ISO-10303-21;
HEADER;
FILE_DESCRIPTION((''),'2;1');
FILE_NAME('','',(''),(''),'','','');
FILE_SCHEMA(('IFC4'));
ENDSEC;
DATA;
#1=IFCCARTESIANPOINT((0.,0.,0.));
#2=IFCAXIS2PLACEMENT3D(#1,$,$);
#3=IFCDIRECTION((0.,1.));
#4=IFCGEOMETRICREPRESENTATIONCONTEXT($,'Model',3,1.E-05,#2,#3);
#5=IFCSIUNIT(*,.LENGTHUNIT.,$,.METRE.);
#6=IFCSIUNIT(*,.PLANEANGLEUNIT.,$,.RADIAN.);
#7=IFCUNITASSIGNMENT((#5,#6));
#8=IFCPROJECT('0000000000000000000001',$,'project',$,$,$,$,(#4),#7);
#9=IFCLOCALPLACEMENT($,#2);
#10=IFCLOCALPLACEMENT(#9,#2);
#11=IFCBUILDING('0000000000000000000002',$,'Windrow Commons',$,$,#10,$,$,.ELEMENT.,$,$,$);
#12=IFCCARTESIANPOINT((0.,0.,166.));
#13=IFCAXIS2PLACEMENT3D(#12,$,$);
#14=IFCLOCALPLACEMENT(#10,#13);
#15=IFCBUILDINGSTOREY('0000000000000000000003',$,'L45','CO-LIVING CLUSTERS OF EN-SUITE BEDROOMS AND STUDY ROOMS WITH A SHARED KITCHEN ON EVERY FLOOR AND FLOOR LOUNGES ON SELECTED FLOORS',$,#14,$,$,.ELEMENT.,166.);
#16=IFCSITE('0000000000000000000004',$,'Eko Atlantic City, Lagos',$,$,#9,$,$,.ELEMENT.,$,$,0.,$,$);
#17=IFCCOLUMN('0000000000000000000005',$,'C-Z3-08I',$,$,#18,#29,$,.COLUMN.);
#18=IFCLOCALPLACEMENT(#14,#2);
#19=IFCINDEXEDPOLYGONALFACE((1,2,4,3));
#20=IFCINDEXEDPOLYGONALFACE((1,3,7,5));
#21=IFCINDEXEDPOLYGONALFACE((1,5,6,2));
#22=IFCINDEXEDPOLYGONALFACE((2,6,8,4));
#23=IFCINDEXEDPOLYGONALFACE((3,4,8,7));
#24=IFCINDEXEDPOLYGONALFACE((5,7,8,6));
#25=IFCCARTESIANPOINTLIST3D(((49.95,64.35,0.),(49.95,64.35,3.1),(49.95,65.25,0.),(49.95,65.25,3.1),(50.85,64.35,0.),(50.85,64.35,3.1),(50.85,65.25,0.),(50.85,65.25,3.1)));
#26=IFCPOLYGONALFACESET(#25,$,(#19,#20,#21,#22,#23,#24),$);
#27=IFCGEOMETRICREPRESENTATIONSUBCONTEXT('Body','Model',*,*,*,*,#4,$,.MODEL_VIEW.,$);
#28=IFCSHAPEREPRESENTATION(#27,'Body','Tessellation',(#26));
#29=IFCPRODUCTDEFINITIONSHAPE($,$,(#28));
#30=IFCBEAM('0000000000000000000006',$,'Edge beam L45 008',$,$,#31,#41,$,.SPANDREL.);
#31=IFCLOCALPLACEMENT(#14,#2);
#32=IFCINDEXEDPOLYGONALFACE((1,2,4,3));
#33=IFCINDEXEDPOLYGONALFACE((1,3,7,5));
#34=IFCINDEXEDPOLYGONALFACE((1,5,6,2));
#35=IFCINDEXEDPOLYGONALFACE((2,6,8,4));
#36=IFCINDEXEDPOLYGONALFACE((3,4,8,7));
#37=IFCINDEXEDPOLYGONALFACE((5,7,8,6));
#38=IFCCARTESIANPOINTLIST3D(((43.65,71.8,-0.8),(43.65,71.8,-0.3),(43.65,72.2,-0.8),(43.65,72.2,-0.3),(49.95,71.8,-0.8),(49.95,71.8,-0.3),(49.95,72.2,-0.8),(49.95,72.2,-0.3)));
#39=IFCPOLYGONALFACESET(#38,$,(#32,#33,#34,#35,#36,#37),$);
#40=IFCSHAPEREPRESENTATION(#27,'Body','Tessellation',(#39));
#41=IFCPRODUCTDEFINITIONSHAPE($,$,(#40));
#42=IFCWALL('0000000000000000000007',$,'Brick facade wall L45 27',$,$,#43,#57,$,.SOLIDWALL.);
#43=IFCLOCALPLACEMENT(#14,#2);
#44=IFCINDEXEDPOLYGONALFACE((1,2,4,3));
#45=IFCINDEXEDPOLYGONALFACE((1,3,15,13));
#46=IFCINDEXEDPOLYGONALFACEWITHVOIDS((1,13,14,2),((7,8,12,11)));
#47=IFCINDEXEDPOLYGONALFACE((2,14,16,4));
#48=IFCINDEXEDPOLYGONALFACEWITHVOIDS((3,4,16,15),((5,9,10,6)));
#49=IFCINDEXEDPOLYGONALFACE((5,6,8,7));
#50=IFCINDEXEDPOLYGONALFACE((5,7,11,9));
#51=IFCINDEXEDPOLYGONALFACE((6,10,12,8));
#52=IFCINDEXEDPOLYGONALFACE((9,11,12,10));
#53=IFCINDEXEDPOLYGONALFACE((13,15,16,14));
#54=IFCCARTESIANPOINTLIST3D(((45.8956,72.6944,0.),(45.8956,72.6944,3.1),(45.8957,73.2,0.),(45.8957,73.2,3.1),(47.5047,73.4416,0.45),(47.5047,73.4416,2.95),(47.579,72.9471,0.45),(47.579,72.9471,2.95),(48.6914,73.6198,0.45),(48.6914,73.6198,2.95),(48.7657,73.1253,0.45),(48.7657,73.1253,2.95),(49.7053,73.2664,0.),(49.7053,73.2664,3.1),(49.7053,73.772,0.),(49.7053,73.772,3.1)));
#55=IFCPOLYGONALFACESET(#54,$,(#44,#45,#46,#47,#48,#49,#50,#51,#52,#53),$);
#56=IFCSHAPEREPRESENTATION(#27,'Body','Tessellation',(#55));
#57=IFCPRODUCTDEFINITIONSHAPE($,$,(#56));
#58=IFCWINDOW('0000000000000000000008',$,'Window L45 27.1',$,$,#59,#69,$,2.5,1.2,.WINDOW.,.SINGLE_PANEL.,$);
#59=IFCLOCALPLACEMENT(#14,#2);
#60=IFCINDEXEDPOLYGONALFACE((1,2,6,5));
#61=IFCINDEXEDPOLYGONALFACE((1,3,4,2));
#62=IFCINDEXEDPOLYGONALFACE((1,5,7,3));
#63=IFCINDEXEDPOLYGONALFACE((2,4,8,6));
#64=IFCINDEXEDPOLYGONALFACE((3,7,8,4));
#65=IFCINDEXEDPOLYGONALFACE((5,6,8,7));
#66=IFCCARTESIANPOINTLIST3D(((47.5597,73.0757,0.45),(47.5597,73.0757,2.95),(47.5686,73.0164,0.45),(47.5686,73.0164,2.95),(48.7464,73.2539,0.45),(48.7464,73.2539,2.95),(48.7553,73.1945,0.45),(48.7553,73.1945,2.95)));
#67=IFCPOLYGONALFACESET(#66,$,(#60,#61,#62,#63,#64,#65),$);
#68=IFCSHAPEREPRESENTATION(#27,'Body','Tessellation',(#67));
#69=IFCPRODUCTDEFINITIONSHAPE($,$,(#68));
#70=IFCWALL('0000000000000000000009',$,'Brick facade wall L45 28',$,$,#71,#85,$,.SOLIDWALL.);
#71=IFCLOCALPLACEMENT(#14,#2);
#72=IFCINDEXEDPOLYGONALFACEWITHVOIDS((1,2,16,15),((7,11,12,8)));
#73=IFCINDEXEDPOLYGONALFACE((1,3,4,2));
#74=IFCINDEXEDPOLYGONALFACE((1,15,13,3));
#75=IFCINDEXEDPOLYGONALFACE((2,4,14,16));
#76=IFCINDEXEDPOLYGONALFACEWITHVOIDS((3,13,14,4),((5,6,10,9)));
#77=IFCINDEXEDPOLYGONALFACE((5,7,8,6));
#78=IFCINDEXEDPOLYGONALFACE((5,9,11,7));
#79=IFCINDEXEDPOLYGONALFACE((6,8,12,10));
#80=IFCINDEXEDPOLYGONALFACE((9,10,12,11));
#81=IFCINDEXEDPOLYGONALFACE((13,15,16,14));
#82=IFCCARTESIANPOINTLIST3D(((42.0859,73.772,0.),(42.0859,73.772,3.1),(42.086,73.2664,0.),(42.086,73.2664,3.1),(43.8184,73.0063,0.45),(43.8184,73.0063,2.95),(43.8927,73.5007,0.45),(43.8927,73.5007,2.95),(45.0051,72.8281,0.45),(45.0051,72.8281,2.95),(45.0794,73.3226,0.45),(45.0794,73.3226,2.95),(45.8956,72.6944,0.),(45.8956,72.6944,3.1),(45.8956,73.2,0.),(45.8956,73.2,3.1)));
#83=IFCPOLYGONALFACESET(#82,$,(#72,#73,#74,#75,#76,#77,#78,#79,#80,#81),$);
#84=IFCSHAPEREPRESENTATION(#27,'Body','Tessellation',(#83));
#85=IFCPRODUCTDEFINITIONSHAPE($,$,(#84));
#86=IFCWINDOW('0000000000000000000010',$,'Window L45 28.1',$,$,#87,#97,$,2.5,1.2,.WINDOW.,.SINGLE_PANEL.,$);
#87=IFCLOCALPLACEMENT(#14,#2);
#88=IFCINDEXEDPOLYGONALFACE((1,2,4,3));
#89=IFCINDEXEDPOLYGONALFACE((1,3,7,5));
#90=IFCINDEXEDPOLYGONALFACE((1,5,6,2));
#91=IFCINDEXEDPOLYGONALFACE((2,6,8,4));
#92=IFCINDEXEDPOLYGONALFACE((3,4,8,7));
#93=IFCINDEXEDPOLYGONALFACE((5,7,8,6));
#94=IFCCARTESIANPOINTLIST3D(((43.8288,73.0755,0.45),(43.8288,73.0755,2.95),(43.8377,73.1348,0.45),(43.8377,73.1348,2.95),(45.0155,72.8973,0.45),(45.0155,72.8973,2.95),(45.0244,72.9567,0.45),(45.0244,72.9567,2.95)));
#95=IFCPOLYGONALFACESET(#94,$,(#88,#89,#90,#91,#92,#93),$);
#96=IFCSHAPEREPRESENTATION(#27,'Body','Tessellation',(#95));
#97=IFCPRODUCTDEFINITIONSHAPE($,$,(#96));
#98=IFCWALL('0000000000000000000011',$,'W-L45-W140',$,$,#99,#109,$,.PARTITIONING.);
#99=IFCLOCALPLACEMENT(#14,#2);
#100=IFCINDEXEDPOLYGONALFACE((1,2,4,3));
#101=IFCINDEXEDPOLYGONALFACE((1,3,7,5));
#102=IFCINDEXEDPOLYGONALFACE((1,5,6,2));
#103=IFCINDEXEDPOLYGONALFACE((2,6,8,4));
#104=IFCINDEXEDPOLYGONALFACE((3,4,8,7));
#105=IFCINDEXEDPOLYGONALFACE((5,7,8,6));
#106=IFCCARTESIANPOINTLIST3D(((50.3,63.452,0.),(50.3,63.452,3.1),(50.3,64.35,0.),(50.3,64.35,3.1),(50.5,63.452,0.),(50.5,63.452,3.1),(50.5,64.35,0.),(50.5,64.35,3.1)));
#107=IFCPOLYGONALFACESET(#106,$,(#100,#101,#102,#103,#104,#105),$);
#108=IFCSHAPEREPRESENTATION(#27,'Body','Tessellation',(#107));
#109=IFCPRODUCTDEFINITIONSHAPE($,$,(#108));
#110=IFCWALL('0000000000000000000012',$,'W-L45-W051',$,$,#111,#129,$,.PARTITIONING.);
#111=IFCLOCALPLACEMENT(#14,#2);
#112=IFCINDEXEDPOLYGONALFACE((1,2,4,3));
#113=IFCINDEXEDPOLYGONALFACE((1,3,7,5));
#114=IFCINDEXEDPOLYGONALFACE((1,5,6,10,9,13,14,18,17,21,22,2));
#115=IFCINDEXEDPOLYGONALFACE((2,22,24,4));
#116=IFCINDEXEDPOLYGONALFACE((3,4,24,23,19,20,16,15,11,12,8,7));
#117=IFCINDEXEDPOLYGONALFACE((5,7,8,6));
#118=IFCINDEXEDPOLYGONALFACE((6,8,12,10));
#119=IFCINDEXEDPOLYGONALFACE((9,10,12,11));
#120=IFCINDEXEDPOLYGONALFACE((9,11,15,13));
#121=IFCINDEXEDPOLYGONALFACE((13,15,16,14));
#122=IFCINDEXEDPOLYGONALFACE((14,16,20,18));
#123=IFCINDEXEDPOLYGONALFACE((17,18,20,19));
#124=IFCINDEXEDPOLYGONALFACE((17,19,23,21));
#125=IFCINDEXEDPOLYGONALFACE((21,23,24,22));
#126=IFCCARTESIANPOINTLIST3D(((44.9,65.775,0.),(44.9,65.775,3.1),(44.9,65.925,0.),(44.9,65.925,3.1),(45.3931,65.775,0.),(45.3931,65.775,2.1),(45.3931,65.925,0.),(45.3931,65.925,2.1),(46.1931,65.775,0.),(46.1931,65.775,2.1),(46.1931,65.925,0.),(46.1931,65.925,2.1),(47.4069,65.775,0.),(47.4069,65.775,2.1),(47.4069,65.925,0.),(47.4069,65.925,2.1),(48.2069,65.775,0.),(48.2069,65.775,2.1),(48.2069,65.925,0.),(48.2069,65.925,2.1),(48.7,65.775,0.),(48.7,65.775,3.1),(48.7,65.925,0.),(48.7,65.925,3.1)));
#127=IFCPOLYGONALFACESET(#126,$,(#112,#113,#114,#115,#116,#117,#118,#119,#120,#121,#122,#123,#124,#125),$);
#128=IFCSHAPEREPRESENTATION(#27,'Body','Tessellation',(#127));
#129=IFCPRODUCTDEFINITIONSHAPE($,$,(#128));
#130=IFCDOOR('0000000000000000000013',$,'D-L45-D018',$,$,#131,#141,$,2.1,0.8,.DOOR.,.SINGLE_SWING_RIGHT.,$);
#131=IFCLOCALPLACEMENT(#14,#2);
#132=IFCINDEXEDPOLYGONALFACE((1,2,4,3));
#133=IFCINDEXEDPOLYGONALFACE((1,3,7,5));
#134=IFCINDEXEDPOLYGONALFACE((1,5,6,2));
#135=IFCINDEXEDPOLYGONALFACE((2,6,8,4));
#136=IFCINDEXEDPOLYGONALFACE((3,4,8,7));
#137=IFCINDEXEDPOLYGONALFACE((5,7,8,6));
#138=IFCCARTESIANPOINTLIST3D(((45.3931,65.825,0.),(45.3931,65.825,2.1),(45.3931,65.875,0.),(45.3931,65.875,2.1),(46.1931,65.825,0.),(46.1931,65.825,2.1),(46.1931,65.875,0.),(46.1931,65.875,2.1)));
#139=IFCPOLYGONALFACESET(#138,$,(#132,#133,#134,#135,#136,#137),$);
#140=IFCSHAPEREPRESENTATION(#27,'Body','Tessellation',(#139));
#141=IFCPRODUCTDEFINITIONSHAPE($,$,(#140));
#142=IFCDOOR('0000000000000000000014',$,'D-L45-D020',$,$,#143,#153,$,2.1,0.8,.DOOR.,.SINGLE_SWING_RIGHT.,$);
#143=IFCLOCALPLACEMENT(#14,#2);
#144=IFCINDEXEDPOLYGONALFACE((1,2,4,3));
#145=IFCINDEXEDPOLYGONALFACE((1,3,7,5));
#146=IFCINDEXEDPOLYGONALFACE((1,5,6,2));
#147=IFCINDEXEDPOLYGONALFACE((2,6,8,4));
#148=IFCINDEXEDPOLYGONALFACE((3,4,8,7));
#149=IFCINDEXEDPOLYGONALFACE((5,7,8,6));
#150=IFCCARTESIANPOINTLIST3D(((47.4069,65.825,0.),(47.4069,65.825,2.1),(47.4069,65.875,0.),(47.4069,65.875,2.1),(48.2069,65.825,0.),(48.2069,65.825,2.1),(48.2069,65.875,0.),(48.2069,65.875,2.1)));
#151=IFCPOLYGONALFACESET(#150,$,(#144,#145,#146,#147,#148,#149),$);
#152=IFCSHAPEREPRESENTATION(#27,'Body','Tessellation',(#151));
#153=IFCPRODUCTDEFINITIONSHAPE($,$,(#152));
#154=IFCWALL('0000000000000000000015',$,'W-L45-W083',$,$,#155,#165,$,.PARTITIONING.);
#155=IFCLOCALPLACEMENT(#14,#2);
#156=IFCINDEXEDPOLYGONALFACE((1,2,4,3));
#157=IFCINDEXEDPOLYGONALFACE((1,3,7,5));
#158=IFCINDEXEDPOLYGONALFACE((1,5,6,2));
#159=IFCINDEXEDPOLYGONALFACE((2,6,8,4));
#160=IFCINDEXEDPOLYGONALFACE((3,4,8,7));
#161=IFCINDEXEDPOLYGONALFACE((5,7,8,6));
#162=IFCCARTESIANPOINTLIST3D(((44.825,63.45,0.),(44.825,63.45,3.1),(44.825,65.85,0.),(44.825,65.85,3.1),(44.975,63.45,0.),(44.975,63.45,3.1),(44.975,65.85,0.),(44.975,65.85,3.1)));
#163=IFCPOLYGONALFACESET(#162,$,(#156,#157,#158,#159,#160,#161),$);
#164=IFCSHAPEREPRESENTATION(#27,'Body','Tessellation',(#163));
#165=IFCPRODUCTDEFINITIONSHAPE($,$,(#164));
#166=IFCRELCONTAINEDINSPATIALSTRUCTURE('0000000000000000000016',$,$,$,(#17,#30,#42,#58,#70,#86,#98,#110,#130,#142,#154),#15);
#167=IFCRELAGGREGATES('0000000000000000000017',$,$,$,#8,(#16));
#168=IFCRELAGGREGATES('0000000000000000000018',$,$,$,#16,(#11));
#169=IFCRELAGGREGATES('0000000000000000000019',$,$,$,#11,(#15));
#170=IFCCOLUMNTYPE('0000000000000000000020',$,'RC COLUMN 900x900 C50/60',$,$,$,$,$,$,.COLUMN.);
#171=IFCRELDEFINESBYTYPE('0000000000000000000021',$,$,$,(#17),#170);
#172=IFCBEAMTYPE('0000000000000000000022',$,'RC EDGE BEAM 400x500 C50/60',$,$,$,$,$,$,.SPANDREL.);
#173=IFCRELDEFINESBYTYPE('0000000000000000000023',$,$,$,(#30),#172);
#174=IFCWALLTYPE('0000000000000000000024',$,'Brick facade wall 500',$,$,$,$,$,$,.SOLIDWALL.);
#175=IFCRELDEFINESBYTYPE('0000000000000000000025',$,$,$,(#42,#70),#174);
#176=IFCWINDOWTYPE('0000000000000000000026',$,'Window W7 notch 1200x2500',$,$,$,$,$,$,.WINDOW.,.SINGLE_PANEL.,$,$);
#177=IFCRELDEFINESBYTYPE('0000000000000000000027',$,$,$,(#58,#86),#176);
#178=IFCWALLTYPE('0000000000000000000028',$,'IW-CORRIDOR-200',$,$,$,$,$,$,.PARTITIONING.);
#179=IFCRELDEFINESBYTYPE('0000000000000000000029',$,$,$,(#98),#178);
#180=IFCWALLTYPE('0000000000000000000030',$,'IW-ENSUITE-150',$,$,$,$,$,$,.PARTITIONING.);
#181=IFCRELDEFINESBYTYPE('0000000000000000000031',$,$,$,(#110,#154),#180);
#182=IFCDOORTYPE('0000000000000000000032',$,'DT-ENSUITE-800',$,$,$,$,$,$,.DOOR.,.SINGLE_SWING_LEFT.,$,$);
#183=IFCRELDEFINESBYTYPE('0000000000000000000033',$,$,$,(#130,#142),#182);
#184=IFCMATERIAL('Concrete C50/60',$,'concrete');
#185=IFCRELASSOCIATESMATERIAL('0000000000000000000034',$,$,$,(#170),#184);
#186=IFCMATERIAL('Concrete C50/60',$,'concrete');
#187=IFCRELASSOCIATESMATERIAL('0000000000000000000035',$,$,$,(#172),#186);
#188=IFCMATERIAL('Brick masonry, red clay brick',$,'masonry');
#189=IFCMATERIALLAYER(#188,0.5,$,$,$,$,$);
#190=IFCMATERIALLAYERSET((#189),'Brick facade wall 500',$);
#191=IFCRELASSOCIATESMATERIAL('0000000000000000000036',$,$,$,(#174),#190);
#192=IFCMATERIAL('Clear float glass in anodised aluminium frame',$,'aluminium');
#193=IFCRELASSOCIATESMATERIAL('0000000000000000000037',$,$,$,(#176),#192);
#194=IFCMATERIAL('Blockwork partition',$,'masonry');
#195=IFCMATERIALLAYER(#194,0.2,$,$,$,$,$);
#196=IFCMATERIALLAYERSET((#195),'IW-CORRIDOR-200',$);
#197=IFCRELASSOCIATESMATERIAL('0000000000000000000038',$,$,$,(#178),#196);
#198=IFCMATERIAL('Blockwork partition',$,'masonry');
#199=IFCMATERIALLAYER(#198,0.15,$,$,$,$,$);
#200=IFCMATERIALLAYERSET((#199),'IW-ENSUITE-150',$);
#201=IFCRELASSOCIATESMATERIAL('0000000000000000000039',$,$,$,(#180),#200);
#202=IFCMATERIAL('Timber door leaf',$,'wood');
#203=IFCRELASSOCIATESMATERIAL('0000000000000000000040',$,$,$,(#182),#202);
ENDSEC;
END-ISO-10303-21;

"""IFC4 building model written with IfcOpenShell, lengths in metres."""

from ifc_helpers import new_model, si_unit, direction, frame, frame_2d, origin, origin_2d, place, context, subcontext, project, spatial, polyline, rectangle, outline, extrude, material, layer, layer_set, material_profile, profile_set, type_object, element, fill, save


model = new_model("IFC4")

# Units and contexts
model_context = context("Model", 3, precision=1e-05, world=origin(), true_north=direction((0.0, 1.0)))
body_context = subcontext(model_context, "Body", "Model", "MODEL_VIEW")
ifc_project = project(units=[si_unit("LENGTHUNIT", "METRE"), si_unit("PLANEANGLEUNIT", "RADIAN")], contexts=[model_context])

# Site, building, storey
site_placement = place(None, origin())
site = spatial("IfcSite", under=ifc_project, at=site_placement, Name="Eko Atlantic City, Lagos", CompositionType="ELEMENT", RefElevation=0.0)
building_placement = place(site_placement, origin())
building = spatial("IfcBuilding", under=site, at=building_placement, Name="Windrow Commons", CompositionType="ELEMENT")
storey_placement = place(building_placement, frame((0.0, 0.0, 166.0)))
storey = spatial("IfcBuildingStorey", under=building, at=storey_placement, Name="L45", Description="CO-LIVING CLUSTERS OF EN-SUITE BEDROOMS AND STUDY ROOMS WITH A SHARED KITCHEN ON EVERY FLOOR AND FLOOR LOUNGES ON SELECTED FLOORS", CompositionType="ELEMENT", Elevation=166.0)

# Column
ifc_material_1 = material(Name="Concrete C50/60", Category="concrete")
ifc_material_profile_1 = material_profile(ifc_material_1, rectangle(XDim=0.9, YDim=0.9, at=origin_2d()))
ifc_profile_set_1 = profile_set([ifc_material_profile_1], Name="Concrete C50/60")
column_type = type_object("IfcColumnType", Name="RC COLUMN 900x900 C50/60", PredefinedType="COLUMN", material=ifc_profile_set_1)
column_placement = place(storey_placement, frame((50.4, 64.8, 0.0), z_axis=(0.0, 0.0, 1.0), x_axis=(1.0, 0.0, 0.0)))
element("IfcColumn", 1, at=column_placement, inside=storey, type_object=column_type, Name="C-Z3-08I", PredefinedType="COLUMN", context=body_context, shape_type="SweptSolid", body=[
    extrude(rectangle(XDim=0.9, YDim=0.9, at=origin_2d()), origin(), (0.0, 0.0, 1.0), 3.1),
])

# Beam
ifc_material_2 = material(Name="Concrete C50/60", Category="concrete")
ifc_material_profile_2 = material_profile(ifc_material_2, rectangle(XDim=0.4, YDim=0.5, at=origin_2d()))
ifc_profile_set_2 = profile_set([ifc_material_profile_2], Name="Concrete C50/60")
beam_type = type_object("IfcBeamType", Name="RC EDGE BEAM 400x500 C50/60", PredefinedType="SPANDREL", material=ifc_profile_set_2)
beam_placement = place(storey_placement, frame((43.65, 72.0, -0.55), z_axis=(1.0, 0.0, 0.0), x_axis=(0.0, 1.0, 0.0)))
element("IfcBeam", 2, at=beam_placement, inside=storey, type_object=beam_type, Name="Edge beam L45 008", PredefinedType="SPANDREL", context=body_context, shape_type="SweptSolid", body=[
    extrude(rectangle(XDim=0.4, YDim=0.5, at=origin_2d()), origin(), (0.0, 0.0, 1.0), 6.3),
])

# Walls, openings, windows
ifc_material_3 = material(Name="Brick masonry, red clay brick", Category="masonry")
ifc_layer_1 = layer(ifc_material_3, 0.5)
ifc_layer_set_1 = layer_set([ifc_layer_1], Name="Brick facade wall 500")
wall_type_1 = type_object("IfcWallType", Name="Brick facade wall 500", PredefinedType="SOLIDWALL", material=ifc_layer_set_1)
wall_1_placement = place(storey_placement, frame((49.7053, 73.5192, 0.0), z_axis=(0.0, 0.0, 1.0), x_axis=(-0.988916, -0.148479, 0.0)))
wall_1 = element("IfcWall", 3, at=wall_1_placement, inside=storey, type_object=wall_type_1, Name="Brick facade wall L45 27", PredefinedType="SOLIDWALL", context=body_context, shape_type="SweptSolid", body=[
    extrude(outline(polyline([(-0.0375, -0.25), (3.8148, -0.25), (3.8899, 0.25), (0.0375, 0.25), (-0.0375, -0.25)])), origin(), (0.0, 0.0, 1.0), 3.1),
])
opening_1_placement = place(wall_1_placement, frame((0.9877, 0.0, 0.45)))
opening_1 = element("IfcOpeningElement", 4, at=opening_1_placement, cuts=wall_1, PredefinedType="OPENING", context=body_context, shape_type="SweptSolid", body=[
    extrude(rectangle(XDim=1.2, YDim=2.5, at=frame_2d((0.6, 1.25))), frame((0.0, 0.26, 0.0), z_axis=(0.0, -1.0, 0.0), x_axis=(1.0, 0.0, 0.0)), (0.0, 0.0, 1.0), 0.52),
])
ifc_material_4 = material(Name="Clear float glass in anodised aluminium frame", Category="aluminium")
window_type = type_object("IfcWindowType", Name="Window W7 notch 1200x2500", PartitioningType="SINGLE_PANEL", PredefinedType="WINDOW", material=ifc_material_4)
window_1_placement = place(opening_1_placement, origin())
window_1 = element("IfcWindow", 5, at=window_1_placement, inside=storey, type_object=window_type, Name="Window L45 27.1", OverallHeight=2.5, OverallWidth=1.2, PartitioningType="SINGLE_PANEL", PredefinedType="WINDOW", context=body_context, shape_type="SweptSolid", body=[
    extrude(rectangle(XDim=1.2, YDim=2.5, at=frame_2d((0.6, 1.25))), frame((0.0, 0.18, 0.0), z_axis=(0.0, -1.0, 0.0), x_axis=(1.0, 0.0, 0.0)), (0.0, 0.0, 1.0), 0.06),
])
fill(opening_1, window_1)
wall_2_placement = place(storey_placement, frame((45.8956, 72.9472, 0.0), z_axis=(0.0, 0.0, 1.0), x_axis=(-0.988915, 0.148483, 0.0)))
wall_2 = element("IfcWall", 6, at=wall_2_placement, inside=storey, type_object=wall_type_1, Name="Brick facade wall L45 28", PredefinedType="SOLIDWALL", context=body_context, shape_type="SweptSolid", body=[
    extrude(outline(polyline([(0.0375, -0.25), (3.8899, -0.25), (3.8148, 0.25), (-0.0375, 0.25), (0.0375, -0.25)])), origin(), (0.0, 0.0, 1.0), 3.1),
])
opening_2_placement = place(wall_2_placement, frame((0.8629, 0.0, 0.45)))
opening_2 = element("IfcOpeningElement", 7, at=opening_2_placement, cuts=wall_2, PredefinedType="OPENING", context=body_context, shape_type="SweptSolid", body=[
    extrude(rectangle(XDim=1.2, YDim=2.5, at=frame_2d((0.6, 1.25))), frame((0.0, 0.26, 0.0), z_axis=(0.0, -1.0, 0.0), x_axis=(1.0, 0.0, 0.0)), (0.0, 0.0, 1.0), 0.52),
])
window_2_placement = place(opening_2_placement, origin())
window_2 = element("IfcWindow", 8, at=window_2_placement, inside=storey, type_object=window_type, Name="Window L45 28.1", OverallHeight=2.5, OverallWidth=1.2, PartitioningType="SINGLE_PANEL", PredefinedType="WINDOW", context=body_context, shape_type="SweptSolid", body=[
    extrude(rectangle(XDim=1.2, YDim=2.5, at=frame_2d((0.6, 1.25))), frame((0.0, 0.18, 0.0), z_axis=(0.0, -1.0, 0.0), x_axis=(1.0, 0.0, 0.0)), (0.0, 0.0, 1.0), 0.06),
])
fill(opening_2, window_2)

# Wall
ifc_material_5 = material(Name="Blockwork partition", Category="masonry")
ifc_layer_2 = layer(ifc_material_5, 0.2)
ifc_layer_set_2 = layer_set([ifc_layer_2], Name="IW-CORRIDOR-200")
wall_type_2 = type_object("IfcWallType", Name="IW-CORRIDOR-200", PredefinedType="PARTITIONING", material=ifc_layer_set_2)
wall_3_placement = place(storey_placement, frame((50.4, 63.452, 0.0), z_axis=(0.0, 0.0, 1.0), x_axis=(0.0, 1.0, 0.0)))
element("IfcWall", 9, at=wall_3_placement, inside=storey, type_object=wall_type_2, Name="W-L45-W140", PredefinedType="PARTITIONING", context=body_context, shape_type="SweptSolid", body=[
    extrude(rectangle(XDim=0.898, YDim=0.2, at=frame_2d((0.449, 0.0))), origin(), (0.0, 0.0, 1.0), 3.1),
])

# Wall, openings, doors
ifc_material_6 = material(Name="Blockwork partition", Category="masonry")
ifc_layer_3 = layer(ifc_material_6, 0.15)
ifc_layer_set_3 = layer_set([ifc_layer_3], Name="IW-ENSUITE-150")
wall_type_3 = type_object("IfcWallType", Name="IW-ENSUITE-150", PredefinedType="PARTITIONING", material=ifc_layer_set_3)
wall_4_placement = place(storey_placement, frame((44.9, 65.85, 0.0), z_axis=(0.0, 0.0, 1.0), x_axis=(1.0, 0.0, 0.0)))
wall_4 = element("IfcWall", 10, at=wall_4_placement, inside=storey, type_object=wall_type_3, Name="W-L45-W051", PredefinedType="PARTITIONING", context=body_context, shape_type="SweptSolid", body=[
    extrude(rectangle(XDim=3.8, YDim=0.15, at=frame_2d((1.9, 0.0))), origin(), (0.0, 0.0, 1.0), 3.1),
])
opening_3_placement = place(wall_4_placement, frame((0.4931, 0.0, 0.0)))
opening_3 = element("IfcOpeningElement", 11, at=opening_3_placement, cuts=wall_4, PredefinedType="OPENING", context=body_context, shape_type="SweptSolid", body=[
    extrude(rectangle(XDim=0.8, YDim=2.1, at=frame_2d((0.4, 1.05))), frame((0.0, 0.085, 0.0), z_axis=(0.0, -1.0, 0.0), x_axis=(1.0, 0.0, 0.0)), (0.0, 0.0, 1.0), 0.17),
])
opening_4_placement = place(wall_4_placement, frame((2.5069, 0.0, 0.0)))
opening_4 = element("IfcOpeningElement", 12, at=opening_4_placement, cuts=wall_4, PredefinedType="OPENING", context=body_context, shape_type="SweptSolid", body=[
    extrude(rectangle(XDim=0.8, YDim=2.1, at=frame_2d((0.4, 1.05))), frame((0.0, 0.085, 0.0), z_axis=(0.0, -1.0, 0.0), x_axis=(1.0, 0.0, 0.0)), (0.0, 0.0, 1.0), 0.17),
])
ifc_material_7 = material(Name="Timber door leaf", Category="wood")
door_type = type_object("IfcDoorType", Name="DT-ENSUITE-800", OperationType="SINGLE_SWING_LEFT", PredefinedType="DOOR", material=ifc_material_7)
door_1_placement = place(opening_3_placement, origin())
door_1 = element("IfcDoor", 13, at=door_1_placement, inside=storey, type_object=door_type, Name="D-L45-D018", OperationType="SINGLE_SWING_RIGHT", OverallHeight=2.1, OverallWidth=0.8, PredefinedType="DOOR", context=body_context, shape_type="SweptSolid", body=[
    extrude(rectangle(XDim=0.8, YDim=2.1, at=frame_2d((0.4, 1.05))), frame((0.0, 0.025, 0.0), z_axis=(0.0, -1.0, 0.0), x_axis=(1.0, 0.0, 0.0)), (0.0, 0.0, 1.0), 0.05),
])
fill(opening_3, door_1)
door_2_placement = place(opening_4_placement, origin())
door_2 = element("IfcDoor", 14, at=door_2_placement, inside=storey, type_object=door_type, Name="D-L45-D020", OperationType="SINGLE_SWING_RIGHT", OverallHeight=2.1, OverallWidth=0.8, PredefinedType="DOOR", context=body_context, shape_type="SweptSolid", body=[
    extrude(rectangle(XDim=0.8, YDim=2.1, at=frame_2d((0.4, 1.05))), frame((0.0, 0.025, 0.0), z_axis=(0.0, -1.0, 0.0), x_axis=(1.0, 0.0, 0.0)), (0.0, 0.0, 1.0), 0.05),
])
fill(opening_4, door_2)

# Wall
for number, where, z_axis, x_axis, name in (
    (15, (44.9, 63.45, 0.0), (0.0, 0.0, 1.0), (0.0, 1.0, 0.0), "W-L45-W083"),
):
    element("IfcWall", number, at=place(storey_placement, frame(where, z_axis=z_axis, x_axis=x_axis)), inside=storey, type_object=wall_type_3, Name=name, PredefinedType="PARTITIONING", context=body_context, shape_type="SweptSolid", body=[
        extrude(rectangle(XDim=2.4, YDim=0.15, at=frame_2d((1.2, 0.0))), origin(), (0.0, 0.0, 1.0), 3.1),
    ])

save(model, "model.ifc")
